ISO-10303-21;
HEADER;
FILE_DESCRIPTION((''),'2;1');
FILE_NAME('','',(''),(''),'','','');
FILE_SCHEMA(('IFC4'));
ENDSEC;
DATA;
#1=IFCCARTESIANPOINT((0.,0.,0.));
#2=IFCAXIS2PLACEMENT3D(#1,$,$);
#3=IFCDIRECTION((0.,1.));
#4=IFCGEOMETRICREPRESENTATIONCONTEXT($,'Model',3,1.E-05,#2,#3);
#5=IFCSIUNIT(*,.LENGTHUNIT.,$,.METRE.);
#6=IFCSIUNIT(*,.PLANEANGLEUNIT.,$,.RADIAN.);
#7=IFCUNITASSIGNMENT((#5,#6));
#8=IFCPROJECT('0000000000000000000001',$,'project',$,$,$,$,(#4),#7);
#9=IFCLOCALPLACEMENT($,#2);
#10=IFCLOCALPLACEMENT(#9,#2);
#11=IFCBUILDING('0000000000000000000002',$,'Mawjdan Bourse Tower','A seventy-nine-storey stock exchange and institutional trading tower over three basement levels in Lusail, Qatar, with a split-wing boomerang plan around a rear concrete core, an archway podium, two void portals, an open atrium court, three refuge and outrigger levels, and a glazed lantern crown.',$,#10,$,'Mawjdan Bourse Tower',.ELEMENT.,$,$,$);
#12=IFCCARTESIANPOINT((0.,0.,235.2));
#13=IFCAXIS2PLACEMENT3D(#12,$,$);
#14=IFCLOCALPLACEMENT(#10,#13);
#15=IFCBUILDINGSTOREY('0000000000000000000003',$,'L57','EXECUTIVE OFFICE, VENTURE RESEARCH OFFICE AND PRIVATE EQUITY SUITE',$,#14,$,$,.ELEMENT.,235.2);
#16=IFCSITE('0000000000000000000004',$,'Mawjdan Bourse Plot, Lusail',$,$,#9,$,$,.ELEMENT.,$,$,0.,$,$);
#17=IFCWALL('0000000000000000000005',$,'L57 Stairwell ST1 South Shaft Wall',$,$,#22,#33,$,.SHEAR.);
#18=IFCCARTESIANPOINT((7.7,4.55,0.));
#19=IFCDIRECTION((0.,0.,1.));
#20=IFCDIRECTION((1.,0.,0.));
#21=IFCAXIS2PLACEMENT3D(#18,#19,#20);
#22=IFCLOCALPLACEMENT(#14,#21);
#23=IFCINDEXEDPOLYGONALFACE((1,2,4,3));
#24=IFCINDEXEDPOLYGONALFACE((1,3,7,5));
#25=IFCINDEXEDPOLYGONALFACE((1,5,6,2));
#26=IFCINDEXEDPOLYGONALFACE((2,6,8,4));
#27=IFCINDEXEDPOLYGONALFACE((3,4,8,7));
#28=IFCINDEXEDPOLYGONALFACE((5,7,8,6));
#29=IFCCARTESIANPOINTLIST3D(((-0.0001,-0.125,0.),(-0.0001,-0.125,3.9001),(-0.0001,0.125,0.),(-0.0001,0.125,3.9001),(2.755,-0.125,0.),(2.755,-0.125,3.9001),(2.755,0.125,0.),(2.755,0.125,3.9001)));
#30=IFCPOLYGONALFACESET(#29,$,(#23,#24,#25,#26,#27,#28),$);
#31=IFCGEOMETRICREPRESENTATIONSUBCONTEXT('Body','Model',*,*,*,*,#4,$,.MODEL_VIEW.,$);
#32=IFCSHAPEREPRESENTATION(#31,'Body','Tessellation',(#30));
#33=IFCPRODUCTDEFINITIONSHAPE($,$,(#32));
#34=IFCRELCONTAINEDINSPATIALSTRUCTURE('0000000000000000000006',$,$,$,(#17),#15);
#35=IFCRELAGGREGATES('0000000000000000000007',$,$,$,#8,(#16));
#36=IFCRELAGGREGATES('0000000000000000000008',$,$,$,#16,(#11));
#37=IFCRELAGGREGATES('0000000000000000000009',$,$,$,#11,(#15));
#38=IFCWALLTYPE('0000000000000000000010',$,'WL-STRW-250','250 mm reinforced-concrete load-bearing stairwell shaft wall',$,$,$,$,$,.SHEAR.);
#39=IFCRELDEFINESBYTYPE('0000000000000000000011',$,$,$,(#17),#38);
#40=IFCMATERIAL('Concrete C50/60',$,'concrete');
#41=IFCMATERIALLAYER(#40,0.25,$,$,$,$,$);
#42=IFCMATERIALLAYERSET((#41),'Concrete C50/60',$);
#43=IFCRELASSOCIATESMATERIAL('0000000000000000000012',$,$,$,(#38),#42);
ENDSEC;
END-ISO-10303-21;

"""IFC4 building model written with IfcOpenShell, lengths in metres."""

from ifc_helpers import new_model, si_unit, direction, frame, frame_2d, origin, place, context, subcontext, project, spatial, rectangle, extrude, material, layer, layer_set, type_object, element, save


model = new_model("IFC4")

# Units and contexts
model_context = context("Model", 3, precision=1e-05, world=origin(), true_north=direction((0.0, 1.0)))
body_context = subcontext(model_context, "Body", "Model", "MODEL_VIEW")
ifc_project = project(units=[si_unit("LENGTHUNIT", "METRE"), si_unit("PLANEANGLEUNIT", "RADIAN")], contexts=[model_context])

# Site, building, storey
site_placement = place(None, origin())
site = spatial("IfcSite", under=ifc_project, at=site_placement, Name="Mawjdan Bourse Plot, Lusail", CompositionType="ELEMENT", RefElevation=0.0)
building_placement = place(site_placement, origin())
building = spatial("IfcBuilding", under=site, at=building_placement, Name="Mawjdan Bourse Tower", Description="A seventy-nine-storey stock exchange and institutional trading tower over three basement levels in Lusail, Qatar, with a split-wing boomerang plan around a rear concrete core, an archway podium, two void portals, an open atrium court, three refuge and outrigger levels, and a glazed lantern crown.", LongName="Mawjdan Bourse Tower", CompositionType="ELEMENT")
storey_placement = place(building_placement, frame((0.0, 0.0, 235.2)))
storey = spatial("IfcBuildingStorey", under=building, at=storey_placement, Name="L57", Description="EXECUTIVE OFFICE, VENTURE RESEARCH OFFICE AND PRIVATE EQUITY SUITE", CompositionType="ELEMENT", Elevation=235.2)

# Shared definitions
ifc_material_1 = material(Name="Concrete C50/60", Category="concrete")

# Wall
ifc_layer_1 = layer(ifc_material_1, 0.25)
ifc_layer_set_1 = layer_set([ifc_layer_1], Name="Concrete C50/60")
wall_type_1 = type_object("IfcWallType", Name="WL-STRW-250", Description="250 mm reinforced-concrete load-bearing stairwell shaft wall", PredefinedType="SHEAR", material=ifc_layer_set_1)
wall_1_placement = place(storey_placement, frame((7.7, 4.55, 0.0), z_axis=(0.0, 0.0, 1.0), x_axis=(1.0, 0.0, 0.0)))
element("IfcWall", 1, at=wall_1_placement, inside=storey, type_object=wall_type_1, Name="L57 Stairwell ST1 South Shaft Wall", PredefinedType="SHEAR", context=body_context, shape_type="SweptSolid", body=[
    extrude(rectangle(XDim=2.7551, YDim=0.25, at=frame_2d((1.3774, 0.0))), origin(), (0.0, 0.0, 1.0), 3.9001),
])

save(model, "model.ifc")
